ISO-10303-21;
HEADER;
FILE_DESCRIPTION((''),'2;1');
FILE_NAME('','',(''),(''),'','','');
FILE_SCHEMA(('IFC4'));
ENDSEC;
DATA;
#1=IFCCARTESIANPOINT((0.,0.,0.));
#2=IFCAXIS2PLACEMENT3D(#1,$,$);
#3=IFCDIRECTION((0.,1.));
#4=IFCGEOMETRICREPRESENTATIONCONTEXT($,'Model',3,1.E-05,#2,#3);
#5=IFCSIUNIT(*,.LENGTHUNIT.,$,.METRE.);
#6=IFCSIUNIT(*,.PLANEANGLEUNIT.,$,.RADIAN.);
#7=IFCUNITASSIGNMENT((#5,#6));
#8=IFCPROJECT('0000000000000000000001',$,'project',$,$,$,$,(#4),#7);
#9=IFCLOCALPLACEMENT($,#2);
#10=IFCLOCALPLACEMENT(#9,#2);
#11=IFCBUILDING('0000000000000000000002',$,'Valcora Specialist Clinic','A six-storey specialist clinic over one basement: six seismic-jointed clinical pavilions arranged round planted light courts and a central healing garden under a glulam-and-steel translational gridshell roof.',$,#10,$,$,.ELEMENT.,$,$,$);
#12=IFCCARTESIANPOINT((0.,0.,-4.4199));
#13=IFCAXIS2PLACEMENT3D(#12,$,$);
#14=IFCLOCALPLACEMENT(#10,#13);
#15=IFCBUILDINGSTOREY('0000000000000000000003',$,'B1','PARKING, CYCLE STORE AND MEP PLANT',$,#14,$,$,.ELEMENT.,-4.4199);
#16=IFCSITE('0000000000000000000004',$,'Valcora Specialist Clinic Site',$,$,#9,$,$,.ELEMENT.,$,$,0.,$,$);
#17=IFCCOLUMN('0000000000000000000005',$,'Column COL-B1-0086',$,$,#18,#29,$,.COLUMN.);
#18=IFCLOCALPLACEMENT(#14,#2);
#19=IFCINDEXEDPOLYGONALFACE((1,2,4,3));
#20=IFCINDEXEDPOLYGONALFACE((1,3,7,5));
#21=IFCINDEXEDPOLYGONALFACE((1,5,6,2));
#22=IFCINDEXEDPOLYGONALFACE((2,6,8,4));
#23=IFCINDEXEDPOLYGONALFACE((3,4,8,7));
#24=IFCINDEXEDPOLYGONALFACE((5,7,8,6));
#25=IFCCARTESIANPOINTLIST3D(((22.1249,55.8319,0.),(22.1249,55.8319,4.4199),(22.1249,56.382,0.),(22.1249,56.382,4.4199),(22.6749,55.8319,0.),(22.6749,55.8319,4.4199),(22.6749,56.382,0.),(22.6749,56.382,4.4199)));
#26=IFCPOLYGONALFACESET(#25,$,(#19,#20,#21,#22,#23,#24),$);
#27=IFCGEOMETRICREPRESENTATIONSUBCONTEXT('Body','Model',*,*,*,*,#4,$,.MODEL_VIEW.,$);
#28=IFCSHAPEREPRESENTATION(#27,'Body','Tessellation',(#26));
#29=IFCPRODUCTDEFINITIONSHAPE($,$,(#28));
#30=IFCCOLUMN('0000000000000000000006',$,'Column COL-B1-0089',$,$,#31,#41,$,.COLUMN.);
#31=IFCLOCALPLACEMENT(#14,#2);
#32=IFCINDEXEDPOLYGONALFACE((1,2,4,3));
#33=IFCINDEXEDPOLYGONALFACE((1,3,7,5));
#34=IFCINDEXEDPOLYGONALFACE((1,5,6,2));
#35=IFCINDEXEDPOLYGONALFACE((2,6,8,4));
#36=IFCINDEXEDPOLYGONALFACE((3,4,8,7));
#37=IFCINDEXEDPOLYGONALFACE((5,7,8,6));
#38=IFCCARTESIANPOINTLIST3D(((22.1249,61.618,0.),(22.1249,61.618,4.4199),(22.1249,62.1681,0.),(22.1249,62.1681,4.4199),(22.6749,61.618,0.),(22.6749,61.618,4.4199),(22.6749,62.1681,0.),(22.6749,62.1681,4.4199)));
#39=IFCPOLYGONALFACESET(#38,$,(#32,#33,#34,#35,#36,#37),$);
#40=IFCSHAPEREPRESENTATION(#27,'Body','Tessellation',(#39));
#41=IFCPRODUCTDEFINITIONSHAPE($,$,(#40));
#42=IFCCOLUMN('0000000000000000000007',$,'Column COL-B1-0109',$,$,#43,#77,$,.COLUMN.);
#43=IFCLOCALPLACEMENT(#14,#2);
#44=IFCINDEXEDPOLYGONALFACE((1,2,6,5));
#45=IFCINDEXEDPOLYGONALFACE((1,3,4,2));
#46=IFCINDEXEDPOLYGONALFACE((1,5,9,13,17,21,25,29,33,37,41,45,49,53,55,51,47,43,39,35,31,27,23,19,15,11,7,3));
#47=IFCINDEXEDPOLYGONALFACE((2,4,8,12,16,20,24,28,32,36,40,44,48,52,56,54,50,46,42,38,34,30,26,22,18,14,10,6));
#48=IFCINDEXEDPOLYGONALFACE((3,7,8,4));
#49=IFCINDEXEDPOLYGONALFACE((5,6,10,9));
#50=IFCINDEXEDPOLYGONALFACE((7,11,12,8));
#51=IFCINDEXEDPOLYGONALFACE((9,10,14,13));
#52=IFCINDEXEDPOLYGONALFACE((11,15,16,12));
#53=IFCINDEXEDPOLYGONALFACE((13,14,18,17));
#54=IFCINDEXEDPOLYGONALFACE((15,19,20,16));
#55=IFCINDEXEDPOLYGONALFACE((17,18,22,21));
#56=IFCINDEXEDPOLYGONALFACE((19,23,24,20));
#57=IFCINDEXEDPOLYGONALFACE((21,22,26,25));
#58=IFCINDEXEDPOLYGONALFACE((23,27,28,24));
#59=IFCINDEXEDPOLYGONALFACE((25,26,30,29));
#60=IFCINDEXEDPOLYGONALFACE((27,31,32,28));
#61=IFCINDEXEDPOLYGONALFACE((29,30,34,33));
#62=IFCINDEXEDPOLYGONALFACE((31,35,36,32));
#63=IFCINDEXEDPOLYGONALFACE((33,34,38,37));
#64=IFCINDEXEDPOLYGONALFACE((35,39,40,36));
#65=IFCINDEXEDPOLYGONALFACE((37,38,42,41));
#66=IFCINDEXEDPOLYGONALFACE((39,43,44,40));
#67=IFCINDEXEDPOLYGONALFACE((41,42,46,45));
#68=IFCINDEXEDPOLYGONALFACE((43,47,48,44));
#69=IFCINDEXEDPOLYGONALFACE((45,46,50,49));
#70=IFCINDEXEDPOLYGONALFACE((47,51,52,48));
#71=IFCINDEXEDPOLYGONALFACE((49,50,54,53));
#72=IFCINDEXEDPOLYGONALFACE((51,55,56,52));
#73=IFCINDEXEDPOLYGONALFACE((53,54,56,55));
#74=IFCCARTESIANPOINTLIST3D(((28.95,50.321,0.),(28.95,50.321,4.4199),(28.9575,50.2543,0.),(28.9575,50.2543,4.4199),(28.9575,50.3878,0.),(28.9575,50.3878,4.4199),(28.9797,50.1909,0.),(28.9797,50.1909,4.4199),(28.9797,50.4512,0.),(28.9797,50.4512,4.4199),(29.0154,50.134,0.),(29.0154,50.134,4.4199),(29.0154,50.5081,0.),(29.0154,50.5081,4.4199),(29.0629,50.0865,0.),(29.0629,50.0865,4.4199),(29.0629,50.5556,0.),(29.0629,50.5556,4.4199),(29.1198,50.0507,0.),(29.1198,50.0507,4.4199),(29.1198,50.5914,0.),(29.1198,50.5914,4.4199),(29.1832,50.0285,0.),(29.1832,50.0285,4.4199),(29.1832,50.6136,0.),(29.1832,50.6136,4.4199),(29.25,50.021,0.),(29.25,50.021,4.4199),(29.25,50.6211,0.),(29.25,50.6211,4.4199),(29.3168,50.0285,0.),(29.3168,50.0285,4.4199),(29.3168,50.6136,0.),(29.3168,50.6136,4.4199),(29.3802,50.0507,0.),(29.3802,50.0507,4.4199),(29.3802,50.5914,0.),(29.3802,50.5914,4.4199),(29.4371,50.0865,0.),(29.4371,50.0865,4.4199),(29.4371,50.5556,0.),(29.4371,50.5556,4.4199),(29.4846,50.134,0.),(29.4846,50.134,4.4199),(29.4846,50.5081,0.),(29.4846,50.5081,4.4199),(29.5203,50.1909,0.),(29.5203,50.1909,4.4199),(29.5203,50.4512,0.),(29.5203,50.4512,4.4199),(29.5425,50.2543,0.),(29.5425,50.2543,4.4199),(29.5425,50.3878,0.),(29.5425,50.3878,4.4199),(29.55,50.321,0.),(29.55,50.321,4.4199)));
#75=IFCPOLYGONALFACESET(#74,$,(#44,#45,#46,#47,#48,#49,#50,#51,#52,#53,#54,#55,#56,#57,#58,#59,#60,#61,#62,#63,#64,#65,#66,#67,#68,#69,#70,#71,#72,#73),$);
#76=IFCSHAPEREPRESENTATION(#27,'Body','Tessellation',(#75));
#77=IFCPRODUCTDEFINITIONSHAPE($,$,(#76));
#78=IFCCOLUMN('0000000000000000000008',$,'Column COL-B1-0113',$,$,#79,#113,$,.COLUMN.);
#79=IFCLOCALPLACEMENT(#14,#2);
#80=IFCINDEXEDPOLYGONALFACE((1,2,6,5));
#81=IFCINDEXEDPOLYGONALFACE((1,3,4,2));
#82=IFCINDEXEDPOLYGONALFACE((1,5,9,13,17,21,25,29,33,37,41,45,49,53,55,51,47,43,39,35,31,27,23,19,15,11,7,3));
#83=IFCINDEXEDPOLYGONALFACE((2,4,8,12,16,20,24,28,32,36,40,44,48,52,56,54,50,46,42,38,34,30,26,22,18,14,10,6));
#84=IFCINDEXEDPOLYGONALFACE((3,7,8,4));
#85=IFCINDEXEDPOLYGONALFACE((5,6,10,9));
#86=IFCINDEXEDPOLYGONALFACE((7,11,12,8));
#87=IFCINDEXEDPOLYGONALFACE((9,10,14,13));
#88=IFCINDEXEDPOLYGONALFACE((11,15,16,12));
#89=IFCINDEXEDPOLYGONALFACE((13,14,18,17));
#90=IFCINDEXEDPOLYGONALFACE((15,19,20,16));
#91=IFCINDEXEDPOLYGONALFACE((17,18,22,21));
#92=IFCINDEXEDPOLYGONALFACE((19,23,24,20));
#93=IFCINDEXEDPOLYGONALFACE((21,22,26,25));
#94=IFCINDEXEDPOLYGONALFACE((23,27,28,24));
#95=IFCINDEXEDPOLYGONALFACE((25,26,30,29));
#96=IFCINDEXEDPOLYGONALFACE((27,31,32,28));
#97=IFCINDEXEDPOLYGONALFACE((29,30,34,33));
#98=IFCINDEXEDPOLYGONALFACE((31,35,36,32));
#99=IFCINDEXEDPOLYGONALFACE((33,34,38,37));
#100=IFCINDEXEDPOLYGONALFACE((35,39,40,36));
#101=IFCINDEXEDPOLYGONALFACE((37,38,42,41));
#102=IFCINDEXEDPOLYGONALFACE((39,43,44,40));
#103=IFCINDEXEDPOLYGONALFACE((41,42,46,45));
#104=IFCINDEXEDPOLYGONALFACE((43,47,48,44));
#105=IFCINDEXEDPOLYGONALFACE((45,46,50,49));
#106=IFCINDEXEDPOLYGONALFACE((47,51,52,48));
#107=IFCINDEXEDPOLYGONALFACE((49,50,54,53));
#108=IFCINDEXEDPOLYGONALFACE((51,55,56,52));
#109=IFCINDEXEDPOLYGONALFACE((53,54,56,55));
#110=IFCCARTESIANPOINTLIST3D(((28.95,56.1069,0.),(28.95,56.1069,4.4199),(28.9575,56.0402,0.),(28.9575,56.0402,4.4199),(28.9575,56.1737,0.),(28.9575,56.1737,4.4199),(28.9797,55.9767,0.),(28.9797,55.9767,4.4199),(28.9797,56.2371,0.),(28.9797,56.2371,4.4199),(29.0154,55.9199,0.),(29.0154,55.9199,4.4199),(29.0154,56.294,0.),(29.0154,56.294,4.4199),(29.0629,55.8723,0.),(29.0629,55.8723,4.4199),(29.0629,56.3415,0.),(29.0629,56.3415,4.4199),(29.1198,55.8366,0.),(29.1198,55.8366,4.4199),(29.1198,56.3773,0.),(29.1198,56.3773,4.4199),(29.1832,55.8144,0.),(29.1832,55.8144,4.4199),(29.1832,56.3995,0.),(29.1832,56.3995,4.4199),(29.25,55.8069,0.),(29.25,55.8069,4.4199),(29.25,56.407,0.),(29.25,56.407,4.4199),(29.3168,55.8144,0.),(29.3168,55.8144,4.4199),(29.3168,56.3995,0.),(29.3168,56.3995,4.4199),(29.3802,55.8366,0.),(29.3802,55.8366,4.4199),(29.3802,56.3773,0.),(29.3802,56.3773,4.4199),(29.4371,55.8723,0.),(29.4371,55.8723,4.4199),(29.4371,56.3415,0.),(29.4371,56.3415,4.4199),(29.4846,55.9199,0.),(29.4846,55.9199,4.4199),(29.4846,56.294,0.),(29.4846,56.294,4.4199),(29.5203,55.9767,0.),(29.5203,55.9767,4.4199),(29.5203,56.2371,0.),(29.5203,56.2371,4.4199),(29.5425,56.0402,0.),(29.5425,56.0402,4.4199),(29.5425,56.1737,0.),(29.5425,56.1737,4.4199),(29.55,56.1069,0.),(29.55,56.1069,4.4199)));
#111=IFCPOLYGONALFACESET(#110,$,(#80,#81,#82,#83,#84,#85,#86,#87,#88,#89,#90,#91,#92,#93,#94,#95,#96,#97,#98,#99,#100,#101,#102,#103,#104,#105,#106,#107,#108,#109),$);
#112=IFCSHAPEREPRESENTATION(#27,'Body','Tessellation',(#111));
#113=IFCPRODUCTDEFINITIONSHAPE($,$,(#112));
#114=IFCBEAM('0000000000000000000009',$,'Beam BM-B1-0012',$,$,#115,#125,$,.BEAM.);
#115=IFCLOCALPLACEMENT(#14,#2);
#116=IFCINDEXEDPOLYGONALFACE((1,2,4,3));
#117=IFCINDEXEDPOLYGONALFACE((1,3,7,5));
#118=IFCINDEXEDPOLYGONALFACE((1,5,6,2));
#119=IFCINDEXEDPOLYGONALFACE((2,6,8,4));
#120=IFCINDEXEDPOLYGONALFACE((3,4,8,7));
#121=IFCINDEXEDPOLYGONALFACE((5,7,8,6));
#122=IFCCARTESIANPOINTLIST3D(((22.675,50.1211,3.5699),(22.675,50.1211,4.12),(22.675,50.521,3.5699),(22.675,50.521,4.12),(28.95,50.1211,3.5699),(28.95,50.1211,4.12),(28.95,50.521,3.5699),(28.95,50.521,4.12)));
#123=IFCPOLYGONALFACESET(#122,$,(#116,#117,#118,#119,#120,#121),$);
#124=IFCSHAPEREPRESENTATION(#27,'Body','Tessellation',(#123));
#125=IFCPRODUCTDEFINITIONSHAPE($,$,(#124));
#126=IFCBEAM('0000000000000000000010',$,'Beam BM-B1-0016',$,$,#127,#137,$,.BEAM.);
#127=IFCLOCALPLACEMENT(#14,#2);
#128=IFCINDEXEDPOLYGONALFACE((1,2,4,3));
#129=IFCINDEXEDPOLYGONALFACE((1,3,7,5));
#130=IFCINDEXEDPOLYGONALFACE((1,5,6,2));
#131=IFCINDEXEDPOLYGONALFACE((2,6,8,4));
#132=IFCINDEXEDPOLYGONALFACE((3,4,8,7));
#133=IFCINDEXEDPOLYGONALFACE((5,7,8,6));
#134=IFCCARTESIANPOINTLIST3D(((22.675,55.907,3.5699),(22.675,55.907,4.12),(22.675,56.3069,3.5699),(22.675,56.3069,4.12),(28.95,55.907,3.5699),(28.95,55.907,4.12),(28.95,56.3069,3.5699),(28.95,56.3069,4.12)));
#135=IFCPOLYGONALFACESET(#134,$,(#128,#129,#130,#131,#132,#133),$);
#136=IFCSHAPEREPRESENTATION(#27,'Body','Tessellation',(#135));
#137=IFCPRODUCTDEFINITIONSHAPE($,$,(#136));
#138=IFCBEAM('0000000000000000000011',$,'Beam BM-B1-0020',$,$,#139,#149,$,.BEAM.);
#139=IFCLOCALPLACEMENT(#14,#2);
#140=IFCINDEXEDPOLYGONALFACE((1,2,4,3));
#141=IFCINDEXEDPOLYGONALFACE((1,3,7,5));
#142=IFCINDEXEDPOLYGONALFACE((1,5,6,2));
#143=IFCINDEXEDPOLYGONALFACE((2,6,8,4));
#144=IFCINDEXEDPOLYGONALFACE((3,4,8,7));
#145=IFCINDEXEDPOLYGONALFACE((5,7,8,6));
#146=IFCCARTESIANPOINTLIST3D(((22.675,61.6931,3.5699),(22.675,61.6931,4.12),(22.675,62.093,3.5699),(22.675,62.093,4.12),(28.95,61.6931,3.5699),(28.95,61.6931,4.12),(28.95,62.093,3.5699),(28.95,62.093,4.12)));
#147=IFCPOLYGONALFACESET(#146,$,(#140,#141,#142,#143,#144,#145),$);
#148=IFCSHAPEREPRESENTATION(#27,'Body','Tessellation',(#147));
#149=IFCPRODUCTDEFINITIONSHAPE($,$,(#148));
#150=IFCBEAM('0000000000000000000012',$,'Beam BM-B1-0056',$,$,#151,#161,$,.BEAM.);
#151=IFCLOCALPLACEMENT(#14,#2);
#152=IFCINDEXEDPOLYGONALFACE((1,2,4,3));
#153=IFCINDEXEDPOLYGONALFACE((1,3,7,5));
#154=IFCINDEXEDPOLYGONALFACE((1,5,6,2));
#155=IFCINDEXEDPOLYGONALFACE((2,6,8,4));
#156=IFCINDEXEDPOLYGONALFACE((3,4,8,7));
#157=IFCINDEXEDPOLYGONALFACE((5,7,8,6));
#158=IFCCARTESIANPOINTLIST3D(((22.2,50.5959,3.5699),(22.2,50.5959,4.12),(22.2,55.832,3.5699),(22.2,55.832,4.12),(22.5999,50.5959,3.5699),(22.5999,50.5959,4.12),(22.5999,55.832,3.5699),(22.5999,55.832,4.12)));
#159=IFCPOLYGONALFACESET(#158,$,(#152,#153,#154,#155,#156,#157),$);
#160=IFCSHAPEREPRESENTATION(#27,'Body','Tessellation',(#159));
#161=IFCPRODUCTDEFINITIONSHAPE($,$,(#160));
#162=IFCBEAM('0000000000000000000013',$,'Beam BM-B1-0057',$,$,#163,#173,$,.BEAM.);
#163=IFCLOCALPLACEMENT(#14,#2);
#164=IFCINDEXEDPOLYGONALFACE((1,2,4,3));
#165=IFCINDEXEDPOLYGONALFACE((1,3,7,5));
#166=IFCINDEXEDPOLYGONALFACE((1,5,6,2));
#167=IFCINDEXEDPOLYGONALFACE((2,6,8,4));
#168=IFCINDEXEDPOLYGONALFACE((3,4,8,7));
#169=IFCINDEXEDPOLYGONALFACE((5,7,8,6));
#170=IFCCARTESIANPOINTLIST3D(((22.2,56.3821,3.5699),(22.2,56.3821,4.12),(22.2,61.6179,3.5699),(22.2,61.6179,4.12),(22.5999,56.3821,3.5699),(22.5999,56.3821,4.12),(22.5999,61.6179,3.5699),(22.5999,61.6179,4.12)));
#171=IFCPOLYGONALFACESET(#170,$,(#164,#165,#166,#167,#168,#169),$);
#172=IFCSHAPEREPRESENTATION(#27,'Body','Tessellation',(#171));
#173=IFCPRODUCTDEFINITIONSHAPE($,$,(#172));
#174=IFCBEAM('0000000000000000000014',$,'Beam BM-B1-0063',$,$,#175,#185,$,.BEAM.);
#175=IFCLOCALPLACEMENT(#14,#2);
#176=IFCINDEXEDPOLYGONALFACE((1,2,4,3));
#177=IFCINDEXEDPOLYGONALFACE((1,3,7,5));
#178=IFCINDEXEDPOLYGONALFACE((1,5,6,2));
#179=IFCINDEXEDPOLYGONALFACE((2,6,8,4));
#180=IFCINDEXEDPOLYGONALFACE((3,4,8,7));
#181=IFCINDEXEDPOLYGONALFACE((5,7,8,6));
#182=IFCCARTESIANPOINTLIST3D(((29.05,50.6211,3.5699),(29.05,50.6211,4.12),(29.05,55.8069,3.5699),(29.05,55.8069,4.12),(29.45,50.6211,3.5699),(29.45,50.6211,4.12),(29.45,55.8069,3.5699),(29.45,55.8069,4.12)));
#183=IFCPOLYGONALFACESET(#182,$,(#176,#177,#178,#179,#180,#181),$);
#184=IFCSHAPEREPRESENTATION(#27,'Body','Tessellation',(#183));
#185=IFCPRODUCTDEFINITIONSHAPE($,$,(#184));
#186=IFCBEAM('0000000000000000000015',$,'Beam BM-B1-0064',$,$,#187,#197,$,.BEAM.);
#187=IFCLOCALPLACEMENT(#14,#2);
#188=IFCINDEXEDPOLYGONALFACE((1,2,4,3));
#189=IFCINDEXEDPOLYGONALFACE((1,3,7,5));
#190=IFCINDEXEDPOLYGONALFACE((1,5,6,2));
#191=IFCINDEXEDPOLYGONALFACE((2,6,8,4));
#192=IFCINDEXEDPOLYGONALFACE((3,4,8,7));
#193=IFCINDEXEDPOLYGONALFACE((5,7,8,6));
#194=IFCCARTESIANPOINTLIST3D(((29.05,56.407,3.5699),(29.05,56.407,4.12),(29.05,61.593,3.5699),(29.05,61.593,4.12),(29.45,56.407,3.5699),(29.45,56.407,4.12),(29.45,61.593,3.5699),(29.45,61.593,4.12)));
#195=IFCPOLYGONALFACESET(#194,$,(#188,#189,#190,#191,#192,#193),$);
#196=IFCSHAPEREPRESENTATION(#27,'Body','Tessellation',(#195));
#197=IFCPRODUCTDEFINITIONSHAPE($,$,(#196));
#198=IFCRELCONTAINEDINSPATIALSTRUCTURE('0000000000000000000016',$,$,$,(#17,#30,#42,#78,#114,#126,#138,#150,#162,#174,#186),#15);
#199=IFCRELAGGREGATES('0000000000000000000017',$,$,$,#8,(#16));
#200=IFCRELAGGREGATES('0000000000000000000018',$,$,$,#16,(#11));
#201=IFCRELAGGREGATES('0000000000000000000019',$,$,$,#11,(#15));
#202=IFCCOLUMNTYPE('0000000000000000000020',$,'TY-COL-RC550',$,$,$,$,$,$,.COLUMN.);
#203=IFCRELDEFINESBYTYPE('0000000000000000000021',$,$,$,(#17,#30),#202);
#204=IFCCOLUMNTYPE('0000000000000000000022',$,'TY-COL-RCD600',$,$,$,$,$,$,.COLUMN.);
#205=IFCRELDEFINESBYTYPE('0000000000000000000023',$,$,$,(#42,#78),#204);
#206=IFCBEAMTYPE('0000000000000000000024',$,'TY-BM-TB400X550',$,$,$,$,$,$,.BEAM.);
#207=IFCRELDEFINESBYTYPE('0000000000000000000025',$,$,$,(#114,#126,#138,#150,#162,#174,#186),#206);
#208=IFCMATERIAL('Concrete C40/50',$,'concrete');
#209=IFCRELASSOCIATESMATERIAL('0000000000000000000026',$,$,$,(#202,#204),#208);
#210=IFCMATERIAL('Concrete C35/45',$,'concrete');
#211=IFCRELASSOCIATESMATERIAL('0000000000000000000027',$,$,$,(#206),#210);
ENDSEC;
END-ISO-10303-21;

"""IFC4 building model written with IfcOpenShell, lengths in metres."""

from ifc_helpers import new_model, si_unit, direction, frame, origin, origin_2d, place, context, subcontext, project, spatial, rectangle, circle, extrude, material, material_profile, profile_set, type_object, element, save


model = new_model("IFC4")

# Units and contexts
model_context = context("Model", 3, precision=1e-05, world=origin(), true_north=direction((0.0, 1.0)))
body_context = subcontext(model_context, "Body", "Model", "MODEL_VIEW")
ifc_project = project(units=[si_unit("LENGTHUNIT", "METRE"), si_unit("PLANEANGLEUNIT", "RADIAN")], contexts=[model_context])

# Site, building, storey
site_placement = place(None, origin())
site = spatial("IfcSite", under=ifc_project, at=site_placement, Name="Valcora Specialist Clinic Site", CompositionType="ELEMENT", RefElevation=0.0)
building_placement = place(site_placement, origin())
building = spatial("IfcBuilding", under=site, at=building_placement, Name="Valcora Specialist Clinic", Description="A six-storey specialist clinic over one basement: six seismic-jointed clinical pavilions arranged round planted light courts and a central healing garden under a glulam-and-steel translational gridshell roof.", CompositionType="ELEMENT")
storey_placement = place(building_placement, frame((0.0, 0.0, -4.4199)))
storey = spatial("IfcBuildingStorey", under=building, at=storey_placement, Name="B1", Description="PARKING, CYCLE STORE AND MEP PLANT", CompositionType="ELEMENT", Elevation=-4.4199)

# Shared definitions
ifc_material_1 = material(Name="Concrete C35/45", Category="concrete")

# Columns
ifc_material_2 = material(Name="Concrete C40/50", Category="concrete")
ifc_material_profile_1 = material_profile(ifc_material_2, rectangle(XDim=0.55, YDim=0.55, at=origin_2d()), Name="RC-COL-550X550")
ifc_profile_set_1 = profile_set([ifc_material_profile_1], Name="Concrete C40/50")
column_type_1 = type_object("IfcColumnType", Name="TY-COL-RC550", PredefinedType="COLUMN", material=ifc_profile_set_1)
for number, where, z_axis, x_axis, name in (
    (1, (22.3999, 56.1069, 0.0), (0.0, 0.0, 1.0), (1.0, 0.0, 0.0), "Column COL-B1-0086"),
    (2, (22.3999, 61.8931, 0.0), (0.0, 0.0, 1.0), (1.0, 0.0, 0.0), "Column COL-B1-0089"),
):
    element("IfcColumn", number, at=place(storey_placement, frame(where, z_axis=z_axis, x_axis=x_axis)), inside=storey, type_object=column_type_1, Name=name, PredefinedType="COLUMN", context=body_context, shape_type="SweptSolid", body=[
        extrude(rectangle(XDim=0.55, YDim=0.55, at=origin_2d()), origin(), (0.0, 0.0, 1.0), 4.4199),
    ])
ifc_material_profile_2 = material_profile(ifc_material_2, circle(Radius=0.3, at=origin_2d()), Name="RC-COL-D600")
ifc_profile_set_2 = profile_set([ifc_material_profile_2], Name="Concrete C40/50")
column_type_2 = type_object("IfcColumnType", Name="TY-COL-RCD600", PredefinedType="COLUMN", material=ifc_profile_set_2)
for number, where, z_axis, x_axis, name in (
    (3, (29.25, 50.321, 0.0), (0.0, 0.0, 1.0), (1.0, 0.0, 0.0), "Column COL-B1-0109"),
    (4, (29.25, 56.1069, 0.0), (0.0, 0.0, 1.0), (1.0, 0.0, 0.0), "Column COL-B1-0113"),
):
    element("IfcColumn", number, at=place(storey_placement, frame(where, z_axis=z_axis, x_axis=x_axis)), inside=storey, type_object=column_type_2, Name=name, PredefinedType="COLUMN", context=body_context, shape_type="SweptSolid", body=[
        extrude(circle(Radius=0.3, at=origin_2d()), origin(), (0.0, 0.0, 1.0), 4.4199),
    ])

# Beams
ifc_material_profile_3 = material_profile(ifc_material_1, rectangle(XDim=0.3999, YDim=0.55, at=origin_2d()), Name="RC-TB-400X550")
ifc_profile_set_3 = profile_set([ifc_material_profile_3], Name="Concrete C35/45")
beam_type = type_object("IfcBeamType", Name="TY-BM-TB400X550", PredefinedType="BEAM", material=ifc_profile_set_3)
for number, where, z_axis, x_axis, name in (
    (5, (22.675, 50.321, 3.845), (1.0, 0.0, 0.0), (0.0, 1.0, 0.0), "Beam BM-B1-0012"),
    (6, (22.675, 56.1069, 3.845), (1.0, 0.0, 0.0), (0.0, 1.0, 0.0), "Beam BM-B1-0016"),
    (7, (22.675, 61.8931, 3.845), (1.0, 0.0, 0.0), (0.0, 1.0, 0.0), "Beam BM-B1-0020"),
):
    element("IfcBeam", number, at=place(storey_placement, frame(where, z_axis=z_axis, x_axis=x_axis)), inside=storey, type_object=beam_type, Name=name, PredefinedType="BEAM", context=body_context, shape_type="SweptSolid", body=[
        extrude(rectangle(XDim=0.3999, YDim=0.55, at=origin_2d()), origin(), (0.0, 0.0, 1.0), 6.2749),
    ])
beam_1_placement = place(storey_placement, frame((22.3999, 50.5959, 3.845), z_axis=(0.0, 1.0, 0.0), x_axis=(-1.0, 0.0, 0.0)))
element("IfcBeam", 8, at=beam_1_placement, inside=storey, type_object=beam_type, Name="Beam BM-B1-0056", PredefinedType="BEAM", context=body_context, shape_type="SweptSolid", body=[
    extrude(rectangle(XDim=0.3999, YDim=0.55, at=origin_2d()), origin(), (0.0, 0.0, 1.0), 5.2361),
])
beam_2_placement = place(storey_placement, frame((22.3999, 56.3821, 3.845), z_axis=(0.0, 1.0, 0.0), x_axis=(-1.0, 0.0, 0.0)))
element("IfcBeam", 9, at=beam_2_placement, inside=storey, type_object=beam_type, Name="Beam BM-B1-0057", PredefinedType="BEAM", context=body_context, shape_type="SweptSolid", body=[
    extrude(rectangle(XDim=0.3999, YDim=0.55, at=origin_2d()), origin(), (0.0, 0.0, 1.0), 5.2358),
])
beam_3_placement = place(storey_placement, frame((29.25, 50.6211, 3.845), z_axis=(0.0, 1.0, 0.0), x_axis=(-1.0, 0.0, 0.0)))
element("IfcBeam", 10, at=beam_3_placement, inside=storey, type_object=beam_type, Name="Beam BM-B1-0063", PredefinedType="BEAM", context=body_context, shape_type="SweptSolid", body=[
    extrude(rectangle(XDim=0.3999, YDim=0.55, at=origin_2d()), origin(), (0.0, 0.0, 1.0), 5.1858),
])
beam_4_placement = place(storey_placement, frame((29.25, 56.407, 3.845), z_axis=(0.0, 1.0, 0.0), x_axis=(-1.0, 0.0, 0.0)))
element("IfcBeam", 11, at=beam_4_placement, inside=storey, type_object=beam_type, Name="Beam BM-B1-0064", PredefinedType="BEAM", context=body_context, shape_type="SweptSolid", body=[
    extrude(rectangle(XDim=0.3999, YDim=0.55, at=origin_2d()), origin(), (0.0, 0.0, 1.0), 5.186),
])

save(model, "model.ifc")
